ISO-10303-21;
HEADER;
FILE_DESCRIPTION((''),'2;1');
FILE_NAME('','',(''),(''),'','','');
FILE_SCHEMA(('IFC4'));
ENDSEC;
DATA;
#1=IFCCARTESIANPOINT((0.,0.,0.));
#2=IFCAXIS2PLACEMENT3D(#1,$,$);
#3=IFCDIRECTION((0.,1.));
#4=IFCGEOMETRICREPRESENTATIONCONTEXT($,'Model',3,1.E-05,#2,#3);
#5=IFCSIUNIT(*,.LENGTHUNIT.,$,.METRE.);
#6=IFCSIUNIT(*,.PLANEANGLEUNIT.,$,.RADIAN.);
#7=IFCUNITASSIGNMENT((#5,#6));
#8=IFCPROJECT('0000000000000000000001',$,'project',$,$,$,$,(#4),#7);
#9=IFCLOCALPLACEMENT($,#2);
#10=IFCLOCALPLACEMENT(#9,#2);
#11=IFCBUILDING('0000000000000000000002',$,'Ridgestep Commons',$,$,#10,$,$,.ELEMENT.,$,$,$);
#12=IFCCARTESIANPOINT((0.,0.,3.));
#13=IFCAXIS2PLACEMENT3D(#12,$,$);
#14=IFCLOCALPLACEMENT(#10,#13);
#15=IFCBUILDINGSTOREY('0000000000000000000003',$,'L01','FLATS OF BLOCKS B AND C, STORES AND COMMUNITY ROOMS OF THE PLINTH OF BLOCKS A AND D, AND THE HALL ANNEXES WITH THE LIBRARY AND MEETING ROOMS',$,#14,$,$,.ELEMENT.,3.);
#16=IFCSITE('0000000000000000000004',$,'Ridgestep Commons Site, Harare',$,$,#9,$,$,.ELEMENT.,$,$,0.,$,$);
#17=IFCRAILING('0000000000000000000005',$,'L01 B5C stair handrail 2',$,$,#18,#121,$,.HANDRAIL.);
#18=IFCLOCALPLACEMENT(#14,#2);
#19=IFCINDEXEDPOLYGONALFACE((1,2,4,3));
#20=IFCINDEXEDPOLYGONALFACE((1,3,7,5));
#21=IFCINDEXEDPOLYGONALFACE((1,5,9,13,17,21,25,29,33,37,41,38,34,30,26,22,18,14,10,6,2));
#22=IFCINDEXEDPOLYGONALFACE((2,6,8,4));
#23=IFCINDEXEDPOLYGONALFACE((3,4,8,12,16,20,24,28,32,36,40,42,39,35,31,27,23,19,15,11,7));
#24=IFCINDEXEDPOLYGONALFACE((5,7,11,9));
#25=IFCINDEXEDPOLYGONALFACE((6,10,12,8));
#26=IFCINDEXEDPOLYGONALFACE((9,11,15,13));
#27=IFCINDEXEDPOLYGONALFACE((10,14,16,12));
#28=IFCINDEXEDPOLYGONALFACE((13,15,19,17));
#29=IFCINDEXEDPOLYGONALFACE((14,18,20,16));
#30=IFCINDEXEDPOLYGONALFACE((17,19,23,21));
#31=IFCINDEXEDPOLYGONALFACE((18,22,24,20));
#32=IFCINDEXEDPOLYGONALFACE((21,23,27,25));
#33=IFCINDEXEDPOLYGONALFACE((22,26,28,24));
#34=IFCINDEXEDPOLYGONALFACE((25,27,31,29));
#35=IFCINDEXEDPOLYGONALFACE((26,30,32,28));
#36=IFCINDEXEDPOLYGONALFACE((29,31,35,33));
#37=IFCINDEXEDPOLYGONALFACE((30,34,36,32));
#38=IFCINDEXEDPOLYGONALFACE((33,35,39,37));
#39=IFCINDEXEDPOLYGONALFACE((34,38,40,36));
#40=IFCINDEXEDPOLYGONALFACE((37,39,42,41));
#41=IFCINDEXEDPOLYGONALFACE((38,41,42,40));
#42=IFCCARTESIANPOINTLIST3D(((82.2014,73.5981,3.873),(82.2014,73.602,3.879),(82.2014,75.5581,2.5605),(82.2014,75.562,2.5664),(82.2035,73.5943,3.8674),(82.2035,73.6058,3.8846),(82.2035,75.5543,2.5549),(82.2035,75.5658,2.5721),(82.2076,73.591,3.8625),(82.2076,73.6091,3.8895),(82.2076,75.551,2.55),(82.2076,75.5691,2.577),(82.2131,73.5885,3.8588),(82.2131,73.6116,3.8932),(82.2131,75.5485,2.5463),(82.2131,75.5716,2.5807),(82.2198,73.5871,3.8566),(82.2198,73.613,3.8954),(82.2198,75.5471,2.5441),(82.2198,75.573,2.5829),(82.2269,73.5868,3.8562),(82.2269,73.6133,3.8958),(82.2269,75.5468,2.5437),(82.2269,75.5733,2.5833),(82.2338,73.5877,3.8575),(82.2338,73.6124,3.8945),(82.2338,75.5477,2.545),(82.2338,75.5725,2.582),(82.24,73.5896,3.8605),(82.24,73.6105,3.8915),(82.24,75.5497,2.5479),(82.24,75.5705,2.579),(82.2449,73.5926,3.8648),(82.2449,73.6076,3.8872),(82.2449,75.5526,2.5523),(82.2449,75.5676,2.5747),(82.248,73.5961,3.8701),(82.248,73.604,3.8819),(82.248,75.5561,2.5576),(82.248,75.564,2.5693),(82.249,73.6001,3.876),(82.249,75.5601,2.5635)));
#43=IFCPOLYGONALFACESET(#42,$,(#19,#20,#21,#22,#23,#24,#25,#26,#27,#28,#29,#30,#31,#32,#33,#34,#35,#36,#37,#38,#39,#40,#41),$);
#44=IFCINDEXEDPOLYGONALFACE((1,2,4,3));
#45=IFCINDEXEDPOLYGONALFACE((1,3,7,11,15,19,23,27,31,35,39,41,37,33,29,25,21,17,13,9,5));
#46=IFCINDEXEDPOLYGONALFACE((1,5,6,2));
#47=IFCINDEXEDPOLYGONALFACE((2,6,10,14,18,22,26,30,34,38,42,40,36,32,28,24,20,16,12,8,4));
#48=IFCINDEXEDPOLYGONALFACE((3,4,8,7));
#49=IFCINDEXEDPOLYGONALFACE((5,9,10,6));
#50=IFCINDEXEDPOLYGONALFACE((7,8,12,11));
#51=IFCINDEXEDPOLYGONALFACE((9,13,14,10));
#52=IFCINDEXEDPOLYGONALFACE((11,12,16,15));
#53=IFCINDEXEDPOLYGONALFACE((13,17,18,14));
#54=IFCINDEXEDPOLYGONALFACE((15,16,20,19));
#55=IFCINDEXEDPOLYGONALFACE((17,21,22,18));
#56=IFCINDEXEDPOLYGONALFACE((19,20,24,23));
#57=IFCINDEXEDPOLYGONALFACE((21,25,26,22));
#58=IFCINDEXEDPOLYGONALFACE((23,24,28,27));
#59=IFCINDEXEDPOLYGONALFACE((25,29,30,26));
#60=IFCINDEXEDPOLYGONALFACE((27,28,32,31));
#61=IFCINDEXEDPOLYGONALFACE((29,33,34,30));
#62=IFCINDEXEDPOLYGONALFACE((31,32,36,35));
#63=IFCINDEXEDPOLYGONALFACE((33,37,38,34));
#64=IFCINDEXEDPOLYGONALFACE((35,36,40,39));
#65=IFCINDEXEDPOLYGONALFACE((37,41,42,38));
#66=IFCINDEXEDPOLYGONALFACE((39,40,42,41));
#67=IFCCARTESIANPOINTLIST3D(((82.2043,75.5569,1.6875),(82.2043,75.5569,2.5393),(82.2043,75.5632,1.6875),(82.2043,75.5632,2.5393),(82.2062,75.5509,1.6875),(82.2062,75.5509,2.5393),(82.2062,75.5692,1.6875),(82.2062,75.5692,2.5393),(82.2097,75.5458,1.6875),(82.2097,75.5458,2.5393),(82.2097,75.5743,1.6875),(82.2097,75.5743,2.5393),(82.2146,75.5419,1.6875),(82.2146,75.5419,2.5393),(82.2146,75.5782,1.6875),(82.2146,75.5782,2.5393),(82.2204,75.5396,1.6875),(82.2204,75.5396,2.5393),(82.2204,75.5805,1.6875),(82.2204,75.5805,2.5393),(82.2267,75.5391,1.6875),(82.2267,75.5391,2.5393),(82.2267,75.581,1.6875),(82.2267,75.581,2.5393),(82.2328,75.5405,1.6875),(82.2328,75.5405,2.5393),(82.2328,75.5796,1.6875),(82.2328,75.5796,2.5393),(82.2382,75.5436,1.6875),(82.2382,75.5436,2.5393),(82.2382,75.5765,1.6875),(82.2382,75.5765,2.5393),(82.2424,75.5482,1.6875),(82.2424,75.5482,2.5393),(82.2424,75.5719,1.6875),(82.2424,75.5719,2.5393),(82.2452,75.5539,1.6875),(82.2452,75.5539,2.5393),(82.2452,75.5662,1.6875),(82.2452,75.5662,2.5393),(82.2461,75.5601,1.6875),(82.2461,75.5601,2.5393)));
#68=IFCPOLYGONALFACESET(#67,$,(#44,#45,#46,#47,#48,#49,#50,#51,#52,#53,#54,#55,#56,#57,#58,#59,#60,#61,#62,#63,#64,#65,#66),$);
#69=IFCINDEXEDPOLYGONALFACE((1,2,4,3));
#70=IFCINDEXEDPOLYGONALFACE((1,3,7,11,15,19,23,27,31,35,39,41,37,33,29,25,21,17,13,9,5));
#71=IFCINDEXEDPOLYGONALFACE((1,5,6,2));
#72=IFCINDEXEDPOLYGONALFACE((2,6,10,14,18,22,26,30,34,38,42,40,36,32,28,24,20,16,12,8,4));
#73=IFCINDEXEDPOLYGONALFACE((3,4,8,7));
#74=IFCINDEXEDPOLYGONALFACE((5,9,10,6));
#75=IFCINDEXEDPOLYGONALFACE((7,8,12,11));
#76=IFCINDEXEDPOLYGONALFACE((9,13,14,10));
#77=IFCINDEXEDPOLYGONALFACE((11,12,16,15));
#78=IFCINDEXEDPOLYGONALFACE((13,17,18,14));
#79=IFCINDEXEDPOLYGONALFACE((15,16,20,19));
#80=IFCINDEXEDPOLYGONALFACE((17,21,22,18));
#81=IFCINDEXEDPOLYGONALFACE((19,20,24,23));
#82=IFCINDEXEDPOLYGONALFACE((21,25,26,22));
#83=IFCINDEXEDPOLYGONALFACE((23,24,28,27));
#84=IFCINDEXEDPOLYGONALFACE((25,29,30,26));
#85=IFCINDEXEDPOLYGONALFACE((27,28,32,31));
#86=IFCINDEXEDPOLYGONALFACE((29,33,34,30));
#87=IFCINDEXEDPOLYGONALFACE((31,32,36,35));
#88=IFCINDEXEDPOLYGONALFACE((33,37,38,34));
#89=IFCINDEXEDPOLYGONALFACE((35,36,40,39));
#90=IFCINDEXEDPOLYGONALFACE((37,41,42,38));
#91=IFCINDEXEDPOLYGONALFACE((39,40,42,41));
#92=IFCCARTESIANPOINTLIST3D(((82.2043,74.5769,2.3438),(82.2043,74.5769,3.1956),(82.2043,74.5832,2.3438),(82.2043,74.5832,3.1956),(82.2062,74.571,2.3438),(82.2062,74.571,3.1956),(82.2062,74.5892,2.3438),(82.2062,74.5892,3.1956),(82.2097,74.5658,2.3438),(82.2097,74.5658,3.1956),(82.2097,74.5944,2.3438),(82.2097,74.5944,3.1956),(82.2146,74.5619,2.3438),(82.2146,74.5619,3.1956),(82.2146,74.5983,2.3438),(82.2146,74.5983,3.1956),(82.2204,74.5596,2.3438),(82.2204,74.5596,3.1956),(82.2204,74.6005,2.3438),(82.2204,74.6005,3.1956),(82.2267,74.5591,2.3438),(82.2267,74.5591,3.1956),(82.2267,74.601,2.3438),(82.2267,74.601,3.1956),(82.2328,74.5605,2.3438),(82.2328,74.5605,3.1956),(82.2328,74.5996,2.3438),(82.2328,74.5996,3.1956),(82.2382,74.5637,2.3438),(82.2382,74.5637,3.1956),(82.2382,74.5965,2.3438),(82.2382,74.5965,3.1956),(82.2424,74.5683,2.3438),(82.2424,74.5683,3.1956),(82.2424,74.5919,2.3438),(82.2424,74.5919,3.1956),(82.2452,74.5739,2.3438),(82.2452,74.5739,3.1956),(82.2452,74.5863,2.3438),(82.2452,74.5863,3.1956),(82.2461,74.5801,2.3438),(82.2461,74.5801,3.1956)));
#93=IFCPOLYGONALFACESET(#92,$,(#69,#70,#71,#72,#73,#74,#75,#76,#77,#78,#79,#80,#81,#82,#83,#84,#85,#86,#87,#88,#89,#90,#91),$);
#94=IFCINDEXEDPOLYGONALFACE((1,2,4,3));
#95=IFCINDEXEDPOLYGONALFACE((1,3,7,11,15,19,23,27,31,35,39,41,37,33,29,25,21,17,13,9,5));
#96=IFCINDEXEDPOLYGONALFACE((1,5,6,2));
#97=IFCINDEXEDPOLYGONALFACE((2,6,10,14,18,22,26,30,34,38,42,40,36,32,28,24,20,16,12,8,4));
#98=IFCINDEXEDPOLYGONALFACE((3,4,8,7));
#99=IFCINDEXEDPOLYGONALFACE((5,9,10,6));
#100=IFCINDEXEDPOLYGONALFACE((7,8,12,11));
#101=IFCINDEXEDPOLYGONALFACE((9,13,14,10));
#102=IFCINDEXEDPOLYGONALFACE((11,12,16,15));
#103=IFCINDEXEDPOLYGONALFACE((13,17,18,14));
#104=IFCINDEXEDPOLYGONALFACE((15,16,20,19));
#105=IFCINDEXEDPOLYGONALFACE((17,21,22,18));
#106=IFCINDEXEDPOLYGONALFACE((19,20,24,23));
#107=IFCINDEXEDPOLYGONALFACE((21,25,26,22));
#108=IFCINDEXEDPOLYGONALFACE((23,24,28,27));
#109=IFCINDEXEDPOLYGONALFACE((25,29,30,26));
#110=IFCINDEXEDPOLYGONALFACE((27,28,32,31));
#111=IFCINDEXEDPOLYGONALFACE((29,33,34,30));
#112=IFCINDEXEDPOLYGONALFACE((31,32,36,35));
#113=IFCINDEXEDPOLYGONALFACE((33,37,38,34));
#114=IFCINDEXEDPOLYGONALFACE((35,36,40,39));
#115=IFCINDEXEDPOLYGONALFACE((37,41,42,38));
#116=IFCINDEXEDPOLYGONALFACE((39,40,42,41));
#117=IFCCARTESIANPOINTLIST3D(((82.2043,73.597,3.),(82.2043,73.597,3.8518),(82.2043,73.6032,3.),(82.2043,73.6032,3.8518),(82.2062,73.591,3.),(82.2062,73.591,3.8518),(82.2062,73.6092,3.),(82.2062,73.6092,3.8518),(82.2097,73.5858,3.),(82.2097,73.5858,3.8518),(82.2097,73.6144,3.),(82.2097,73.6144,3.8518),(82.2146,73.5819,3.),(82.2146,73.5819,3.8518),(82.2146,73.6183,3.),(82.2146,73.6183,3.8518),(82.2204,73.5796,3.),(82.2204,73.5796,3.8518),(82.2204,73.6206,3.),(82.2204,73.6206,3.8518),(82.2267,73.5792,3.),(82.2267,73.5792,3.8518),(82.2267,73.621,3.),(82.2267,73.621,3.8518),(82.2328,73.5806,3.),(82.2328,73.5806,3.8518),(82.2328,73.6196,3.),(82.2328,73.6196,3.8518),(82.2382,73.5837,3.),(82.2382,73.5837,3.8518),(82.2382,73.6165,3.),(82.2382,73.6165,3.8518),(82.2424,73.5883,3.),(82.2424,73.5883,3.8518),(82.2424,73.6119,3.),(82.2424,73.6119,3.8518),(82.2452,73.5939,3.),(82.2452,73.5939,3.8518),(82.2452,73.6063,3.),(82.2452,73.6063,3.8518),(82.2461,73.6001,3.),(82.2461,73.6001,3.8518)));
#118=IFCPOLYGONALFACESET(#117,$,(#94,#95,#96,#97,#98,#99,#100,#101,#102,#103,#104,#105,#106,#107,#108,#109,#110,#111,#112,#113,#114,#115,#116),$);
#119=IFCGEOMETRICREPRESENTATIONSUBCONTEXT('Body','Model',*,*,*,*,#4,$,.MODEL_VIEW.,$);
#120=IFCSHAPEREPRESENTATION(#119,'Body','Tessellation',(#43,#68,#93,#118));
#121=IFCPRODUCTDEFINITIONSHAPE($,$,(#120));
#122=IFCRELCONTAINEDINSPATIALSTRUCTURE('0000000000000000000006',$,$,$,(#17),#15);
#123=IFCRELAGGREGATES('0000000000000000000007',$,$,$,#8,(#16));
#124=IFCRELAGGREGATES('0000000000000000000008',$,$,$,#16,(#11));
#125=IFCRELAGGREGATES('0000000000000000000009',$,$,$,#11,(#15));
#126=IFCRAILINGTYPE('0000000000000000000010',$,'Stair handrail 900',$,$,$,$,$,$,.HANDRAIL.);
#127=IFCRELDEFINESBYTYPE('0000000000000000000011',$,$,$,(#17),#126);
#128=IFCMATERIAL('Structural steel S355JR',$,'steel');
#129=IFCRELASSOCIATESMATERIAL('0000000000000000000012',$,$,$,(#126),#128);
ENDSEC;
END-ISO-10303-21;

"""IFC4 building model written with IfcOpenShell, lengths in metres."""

from ifc_helpers import new_model, si_unit, direction, frame, origin, origin_2d, place, context, subcontext, project, spatial, circle, extrude, material, type_object, element, save


model = new_model("IFC4")

# Units and contexts
model_context = context("Model", 3, precision=1e-05, world=origin(), true_north=direction((0.0, 1.0)))
body_context = subcontext(model_context, "Body", "Model", "MODEL_VIEW")
ifc_project = project(units=[si_unit("LENGTHUNIT", "METRE"), si_unit("PLANEANGLEUNIT", "RADIAN")], contexts=[model_context])

# Site, building, storey
site_placement = place(None, origin())
site = spatial("IfcSite", under=ifc_project, at=site_placement, Name="Ridgestep Commons Site, Harare", CompositionType="ELEMENT", RefElevation=0.0)
building_placement = place(site_placement, origin())
building = spatial("IfcBuilding", under=site, at=building_placement, Name="Ridgestep Commons", CompositionType="ELEMENT")
storey_placement = place(building_placement, frame((0.0, 0.0, 3.0)))
storey = spatial("IfcBuildingStorey", under=building, at=storey_placement, Name="L01", Description="FLATS OF BLOCKS B AND C, STORES AND COMMUNITY ROOMS OF THE PLINTH OF BLOCKS A AND D, AND THE HALL ANNEXES WITH THE LIBRARY AND MEETING ROOMS", CompositionType="ELEMENT", Elevation=3.0)

# Railing
ifc_material_1 = material(Name="Structural steel S355JR", Category="steel")
railing_type_1 = type_object("IfcRailingType", Name="Stair handrail 900", PredefinedType="HANDRAIL", material=ifc_material_1)
railing_1_placement = place(storey_placement, frame((82.2251, 75.5601, 1.6875)))
element("IfcRailing", 1, at=railing_1_placement, inside=storey, type_object=railing_type_1, Name="L01 B5C stair handrail 2", PredefinedType="HANDRAIL", context=body_context, shape_type="SweptSolid", body=[
    extrude(circle(Radius=0.0239, at=origin_2d()), frame((0.0, 0.0, 0.876), z_axis=(0.0, -0.830902, 0.556419), x_axis=(1.0, 0.0, 0.0)), (0.0, 0.0, 1.0), 2.3589),
    extrude(circle(Radius=0.021, at=origin_2d()), origin(), (0.0, 0.0, 1.0), 0.8518),
    extrude(circle(Radius=0.021, at=origin_2d()), frame((0.0, -0.98, 0.6562)), (0.0, 0.0, 1.0), 0.8518),
    extrude(circle(Radius=0.021, at=origin_2d()), frame((0.0, -1.96, 1.3125)), (0.0, 0.0, 1.0), 0.8518),
])

save(model, "model.ifc")
